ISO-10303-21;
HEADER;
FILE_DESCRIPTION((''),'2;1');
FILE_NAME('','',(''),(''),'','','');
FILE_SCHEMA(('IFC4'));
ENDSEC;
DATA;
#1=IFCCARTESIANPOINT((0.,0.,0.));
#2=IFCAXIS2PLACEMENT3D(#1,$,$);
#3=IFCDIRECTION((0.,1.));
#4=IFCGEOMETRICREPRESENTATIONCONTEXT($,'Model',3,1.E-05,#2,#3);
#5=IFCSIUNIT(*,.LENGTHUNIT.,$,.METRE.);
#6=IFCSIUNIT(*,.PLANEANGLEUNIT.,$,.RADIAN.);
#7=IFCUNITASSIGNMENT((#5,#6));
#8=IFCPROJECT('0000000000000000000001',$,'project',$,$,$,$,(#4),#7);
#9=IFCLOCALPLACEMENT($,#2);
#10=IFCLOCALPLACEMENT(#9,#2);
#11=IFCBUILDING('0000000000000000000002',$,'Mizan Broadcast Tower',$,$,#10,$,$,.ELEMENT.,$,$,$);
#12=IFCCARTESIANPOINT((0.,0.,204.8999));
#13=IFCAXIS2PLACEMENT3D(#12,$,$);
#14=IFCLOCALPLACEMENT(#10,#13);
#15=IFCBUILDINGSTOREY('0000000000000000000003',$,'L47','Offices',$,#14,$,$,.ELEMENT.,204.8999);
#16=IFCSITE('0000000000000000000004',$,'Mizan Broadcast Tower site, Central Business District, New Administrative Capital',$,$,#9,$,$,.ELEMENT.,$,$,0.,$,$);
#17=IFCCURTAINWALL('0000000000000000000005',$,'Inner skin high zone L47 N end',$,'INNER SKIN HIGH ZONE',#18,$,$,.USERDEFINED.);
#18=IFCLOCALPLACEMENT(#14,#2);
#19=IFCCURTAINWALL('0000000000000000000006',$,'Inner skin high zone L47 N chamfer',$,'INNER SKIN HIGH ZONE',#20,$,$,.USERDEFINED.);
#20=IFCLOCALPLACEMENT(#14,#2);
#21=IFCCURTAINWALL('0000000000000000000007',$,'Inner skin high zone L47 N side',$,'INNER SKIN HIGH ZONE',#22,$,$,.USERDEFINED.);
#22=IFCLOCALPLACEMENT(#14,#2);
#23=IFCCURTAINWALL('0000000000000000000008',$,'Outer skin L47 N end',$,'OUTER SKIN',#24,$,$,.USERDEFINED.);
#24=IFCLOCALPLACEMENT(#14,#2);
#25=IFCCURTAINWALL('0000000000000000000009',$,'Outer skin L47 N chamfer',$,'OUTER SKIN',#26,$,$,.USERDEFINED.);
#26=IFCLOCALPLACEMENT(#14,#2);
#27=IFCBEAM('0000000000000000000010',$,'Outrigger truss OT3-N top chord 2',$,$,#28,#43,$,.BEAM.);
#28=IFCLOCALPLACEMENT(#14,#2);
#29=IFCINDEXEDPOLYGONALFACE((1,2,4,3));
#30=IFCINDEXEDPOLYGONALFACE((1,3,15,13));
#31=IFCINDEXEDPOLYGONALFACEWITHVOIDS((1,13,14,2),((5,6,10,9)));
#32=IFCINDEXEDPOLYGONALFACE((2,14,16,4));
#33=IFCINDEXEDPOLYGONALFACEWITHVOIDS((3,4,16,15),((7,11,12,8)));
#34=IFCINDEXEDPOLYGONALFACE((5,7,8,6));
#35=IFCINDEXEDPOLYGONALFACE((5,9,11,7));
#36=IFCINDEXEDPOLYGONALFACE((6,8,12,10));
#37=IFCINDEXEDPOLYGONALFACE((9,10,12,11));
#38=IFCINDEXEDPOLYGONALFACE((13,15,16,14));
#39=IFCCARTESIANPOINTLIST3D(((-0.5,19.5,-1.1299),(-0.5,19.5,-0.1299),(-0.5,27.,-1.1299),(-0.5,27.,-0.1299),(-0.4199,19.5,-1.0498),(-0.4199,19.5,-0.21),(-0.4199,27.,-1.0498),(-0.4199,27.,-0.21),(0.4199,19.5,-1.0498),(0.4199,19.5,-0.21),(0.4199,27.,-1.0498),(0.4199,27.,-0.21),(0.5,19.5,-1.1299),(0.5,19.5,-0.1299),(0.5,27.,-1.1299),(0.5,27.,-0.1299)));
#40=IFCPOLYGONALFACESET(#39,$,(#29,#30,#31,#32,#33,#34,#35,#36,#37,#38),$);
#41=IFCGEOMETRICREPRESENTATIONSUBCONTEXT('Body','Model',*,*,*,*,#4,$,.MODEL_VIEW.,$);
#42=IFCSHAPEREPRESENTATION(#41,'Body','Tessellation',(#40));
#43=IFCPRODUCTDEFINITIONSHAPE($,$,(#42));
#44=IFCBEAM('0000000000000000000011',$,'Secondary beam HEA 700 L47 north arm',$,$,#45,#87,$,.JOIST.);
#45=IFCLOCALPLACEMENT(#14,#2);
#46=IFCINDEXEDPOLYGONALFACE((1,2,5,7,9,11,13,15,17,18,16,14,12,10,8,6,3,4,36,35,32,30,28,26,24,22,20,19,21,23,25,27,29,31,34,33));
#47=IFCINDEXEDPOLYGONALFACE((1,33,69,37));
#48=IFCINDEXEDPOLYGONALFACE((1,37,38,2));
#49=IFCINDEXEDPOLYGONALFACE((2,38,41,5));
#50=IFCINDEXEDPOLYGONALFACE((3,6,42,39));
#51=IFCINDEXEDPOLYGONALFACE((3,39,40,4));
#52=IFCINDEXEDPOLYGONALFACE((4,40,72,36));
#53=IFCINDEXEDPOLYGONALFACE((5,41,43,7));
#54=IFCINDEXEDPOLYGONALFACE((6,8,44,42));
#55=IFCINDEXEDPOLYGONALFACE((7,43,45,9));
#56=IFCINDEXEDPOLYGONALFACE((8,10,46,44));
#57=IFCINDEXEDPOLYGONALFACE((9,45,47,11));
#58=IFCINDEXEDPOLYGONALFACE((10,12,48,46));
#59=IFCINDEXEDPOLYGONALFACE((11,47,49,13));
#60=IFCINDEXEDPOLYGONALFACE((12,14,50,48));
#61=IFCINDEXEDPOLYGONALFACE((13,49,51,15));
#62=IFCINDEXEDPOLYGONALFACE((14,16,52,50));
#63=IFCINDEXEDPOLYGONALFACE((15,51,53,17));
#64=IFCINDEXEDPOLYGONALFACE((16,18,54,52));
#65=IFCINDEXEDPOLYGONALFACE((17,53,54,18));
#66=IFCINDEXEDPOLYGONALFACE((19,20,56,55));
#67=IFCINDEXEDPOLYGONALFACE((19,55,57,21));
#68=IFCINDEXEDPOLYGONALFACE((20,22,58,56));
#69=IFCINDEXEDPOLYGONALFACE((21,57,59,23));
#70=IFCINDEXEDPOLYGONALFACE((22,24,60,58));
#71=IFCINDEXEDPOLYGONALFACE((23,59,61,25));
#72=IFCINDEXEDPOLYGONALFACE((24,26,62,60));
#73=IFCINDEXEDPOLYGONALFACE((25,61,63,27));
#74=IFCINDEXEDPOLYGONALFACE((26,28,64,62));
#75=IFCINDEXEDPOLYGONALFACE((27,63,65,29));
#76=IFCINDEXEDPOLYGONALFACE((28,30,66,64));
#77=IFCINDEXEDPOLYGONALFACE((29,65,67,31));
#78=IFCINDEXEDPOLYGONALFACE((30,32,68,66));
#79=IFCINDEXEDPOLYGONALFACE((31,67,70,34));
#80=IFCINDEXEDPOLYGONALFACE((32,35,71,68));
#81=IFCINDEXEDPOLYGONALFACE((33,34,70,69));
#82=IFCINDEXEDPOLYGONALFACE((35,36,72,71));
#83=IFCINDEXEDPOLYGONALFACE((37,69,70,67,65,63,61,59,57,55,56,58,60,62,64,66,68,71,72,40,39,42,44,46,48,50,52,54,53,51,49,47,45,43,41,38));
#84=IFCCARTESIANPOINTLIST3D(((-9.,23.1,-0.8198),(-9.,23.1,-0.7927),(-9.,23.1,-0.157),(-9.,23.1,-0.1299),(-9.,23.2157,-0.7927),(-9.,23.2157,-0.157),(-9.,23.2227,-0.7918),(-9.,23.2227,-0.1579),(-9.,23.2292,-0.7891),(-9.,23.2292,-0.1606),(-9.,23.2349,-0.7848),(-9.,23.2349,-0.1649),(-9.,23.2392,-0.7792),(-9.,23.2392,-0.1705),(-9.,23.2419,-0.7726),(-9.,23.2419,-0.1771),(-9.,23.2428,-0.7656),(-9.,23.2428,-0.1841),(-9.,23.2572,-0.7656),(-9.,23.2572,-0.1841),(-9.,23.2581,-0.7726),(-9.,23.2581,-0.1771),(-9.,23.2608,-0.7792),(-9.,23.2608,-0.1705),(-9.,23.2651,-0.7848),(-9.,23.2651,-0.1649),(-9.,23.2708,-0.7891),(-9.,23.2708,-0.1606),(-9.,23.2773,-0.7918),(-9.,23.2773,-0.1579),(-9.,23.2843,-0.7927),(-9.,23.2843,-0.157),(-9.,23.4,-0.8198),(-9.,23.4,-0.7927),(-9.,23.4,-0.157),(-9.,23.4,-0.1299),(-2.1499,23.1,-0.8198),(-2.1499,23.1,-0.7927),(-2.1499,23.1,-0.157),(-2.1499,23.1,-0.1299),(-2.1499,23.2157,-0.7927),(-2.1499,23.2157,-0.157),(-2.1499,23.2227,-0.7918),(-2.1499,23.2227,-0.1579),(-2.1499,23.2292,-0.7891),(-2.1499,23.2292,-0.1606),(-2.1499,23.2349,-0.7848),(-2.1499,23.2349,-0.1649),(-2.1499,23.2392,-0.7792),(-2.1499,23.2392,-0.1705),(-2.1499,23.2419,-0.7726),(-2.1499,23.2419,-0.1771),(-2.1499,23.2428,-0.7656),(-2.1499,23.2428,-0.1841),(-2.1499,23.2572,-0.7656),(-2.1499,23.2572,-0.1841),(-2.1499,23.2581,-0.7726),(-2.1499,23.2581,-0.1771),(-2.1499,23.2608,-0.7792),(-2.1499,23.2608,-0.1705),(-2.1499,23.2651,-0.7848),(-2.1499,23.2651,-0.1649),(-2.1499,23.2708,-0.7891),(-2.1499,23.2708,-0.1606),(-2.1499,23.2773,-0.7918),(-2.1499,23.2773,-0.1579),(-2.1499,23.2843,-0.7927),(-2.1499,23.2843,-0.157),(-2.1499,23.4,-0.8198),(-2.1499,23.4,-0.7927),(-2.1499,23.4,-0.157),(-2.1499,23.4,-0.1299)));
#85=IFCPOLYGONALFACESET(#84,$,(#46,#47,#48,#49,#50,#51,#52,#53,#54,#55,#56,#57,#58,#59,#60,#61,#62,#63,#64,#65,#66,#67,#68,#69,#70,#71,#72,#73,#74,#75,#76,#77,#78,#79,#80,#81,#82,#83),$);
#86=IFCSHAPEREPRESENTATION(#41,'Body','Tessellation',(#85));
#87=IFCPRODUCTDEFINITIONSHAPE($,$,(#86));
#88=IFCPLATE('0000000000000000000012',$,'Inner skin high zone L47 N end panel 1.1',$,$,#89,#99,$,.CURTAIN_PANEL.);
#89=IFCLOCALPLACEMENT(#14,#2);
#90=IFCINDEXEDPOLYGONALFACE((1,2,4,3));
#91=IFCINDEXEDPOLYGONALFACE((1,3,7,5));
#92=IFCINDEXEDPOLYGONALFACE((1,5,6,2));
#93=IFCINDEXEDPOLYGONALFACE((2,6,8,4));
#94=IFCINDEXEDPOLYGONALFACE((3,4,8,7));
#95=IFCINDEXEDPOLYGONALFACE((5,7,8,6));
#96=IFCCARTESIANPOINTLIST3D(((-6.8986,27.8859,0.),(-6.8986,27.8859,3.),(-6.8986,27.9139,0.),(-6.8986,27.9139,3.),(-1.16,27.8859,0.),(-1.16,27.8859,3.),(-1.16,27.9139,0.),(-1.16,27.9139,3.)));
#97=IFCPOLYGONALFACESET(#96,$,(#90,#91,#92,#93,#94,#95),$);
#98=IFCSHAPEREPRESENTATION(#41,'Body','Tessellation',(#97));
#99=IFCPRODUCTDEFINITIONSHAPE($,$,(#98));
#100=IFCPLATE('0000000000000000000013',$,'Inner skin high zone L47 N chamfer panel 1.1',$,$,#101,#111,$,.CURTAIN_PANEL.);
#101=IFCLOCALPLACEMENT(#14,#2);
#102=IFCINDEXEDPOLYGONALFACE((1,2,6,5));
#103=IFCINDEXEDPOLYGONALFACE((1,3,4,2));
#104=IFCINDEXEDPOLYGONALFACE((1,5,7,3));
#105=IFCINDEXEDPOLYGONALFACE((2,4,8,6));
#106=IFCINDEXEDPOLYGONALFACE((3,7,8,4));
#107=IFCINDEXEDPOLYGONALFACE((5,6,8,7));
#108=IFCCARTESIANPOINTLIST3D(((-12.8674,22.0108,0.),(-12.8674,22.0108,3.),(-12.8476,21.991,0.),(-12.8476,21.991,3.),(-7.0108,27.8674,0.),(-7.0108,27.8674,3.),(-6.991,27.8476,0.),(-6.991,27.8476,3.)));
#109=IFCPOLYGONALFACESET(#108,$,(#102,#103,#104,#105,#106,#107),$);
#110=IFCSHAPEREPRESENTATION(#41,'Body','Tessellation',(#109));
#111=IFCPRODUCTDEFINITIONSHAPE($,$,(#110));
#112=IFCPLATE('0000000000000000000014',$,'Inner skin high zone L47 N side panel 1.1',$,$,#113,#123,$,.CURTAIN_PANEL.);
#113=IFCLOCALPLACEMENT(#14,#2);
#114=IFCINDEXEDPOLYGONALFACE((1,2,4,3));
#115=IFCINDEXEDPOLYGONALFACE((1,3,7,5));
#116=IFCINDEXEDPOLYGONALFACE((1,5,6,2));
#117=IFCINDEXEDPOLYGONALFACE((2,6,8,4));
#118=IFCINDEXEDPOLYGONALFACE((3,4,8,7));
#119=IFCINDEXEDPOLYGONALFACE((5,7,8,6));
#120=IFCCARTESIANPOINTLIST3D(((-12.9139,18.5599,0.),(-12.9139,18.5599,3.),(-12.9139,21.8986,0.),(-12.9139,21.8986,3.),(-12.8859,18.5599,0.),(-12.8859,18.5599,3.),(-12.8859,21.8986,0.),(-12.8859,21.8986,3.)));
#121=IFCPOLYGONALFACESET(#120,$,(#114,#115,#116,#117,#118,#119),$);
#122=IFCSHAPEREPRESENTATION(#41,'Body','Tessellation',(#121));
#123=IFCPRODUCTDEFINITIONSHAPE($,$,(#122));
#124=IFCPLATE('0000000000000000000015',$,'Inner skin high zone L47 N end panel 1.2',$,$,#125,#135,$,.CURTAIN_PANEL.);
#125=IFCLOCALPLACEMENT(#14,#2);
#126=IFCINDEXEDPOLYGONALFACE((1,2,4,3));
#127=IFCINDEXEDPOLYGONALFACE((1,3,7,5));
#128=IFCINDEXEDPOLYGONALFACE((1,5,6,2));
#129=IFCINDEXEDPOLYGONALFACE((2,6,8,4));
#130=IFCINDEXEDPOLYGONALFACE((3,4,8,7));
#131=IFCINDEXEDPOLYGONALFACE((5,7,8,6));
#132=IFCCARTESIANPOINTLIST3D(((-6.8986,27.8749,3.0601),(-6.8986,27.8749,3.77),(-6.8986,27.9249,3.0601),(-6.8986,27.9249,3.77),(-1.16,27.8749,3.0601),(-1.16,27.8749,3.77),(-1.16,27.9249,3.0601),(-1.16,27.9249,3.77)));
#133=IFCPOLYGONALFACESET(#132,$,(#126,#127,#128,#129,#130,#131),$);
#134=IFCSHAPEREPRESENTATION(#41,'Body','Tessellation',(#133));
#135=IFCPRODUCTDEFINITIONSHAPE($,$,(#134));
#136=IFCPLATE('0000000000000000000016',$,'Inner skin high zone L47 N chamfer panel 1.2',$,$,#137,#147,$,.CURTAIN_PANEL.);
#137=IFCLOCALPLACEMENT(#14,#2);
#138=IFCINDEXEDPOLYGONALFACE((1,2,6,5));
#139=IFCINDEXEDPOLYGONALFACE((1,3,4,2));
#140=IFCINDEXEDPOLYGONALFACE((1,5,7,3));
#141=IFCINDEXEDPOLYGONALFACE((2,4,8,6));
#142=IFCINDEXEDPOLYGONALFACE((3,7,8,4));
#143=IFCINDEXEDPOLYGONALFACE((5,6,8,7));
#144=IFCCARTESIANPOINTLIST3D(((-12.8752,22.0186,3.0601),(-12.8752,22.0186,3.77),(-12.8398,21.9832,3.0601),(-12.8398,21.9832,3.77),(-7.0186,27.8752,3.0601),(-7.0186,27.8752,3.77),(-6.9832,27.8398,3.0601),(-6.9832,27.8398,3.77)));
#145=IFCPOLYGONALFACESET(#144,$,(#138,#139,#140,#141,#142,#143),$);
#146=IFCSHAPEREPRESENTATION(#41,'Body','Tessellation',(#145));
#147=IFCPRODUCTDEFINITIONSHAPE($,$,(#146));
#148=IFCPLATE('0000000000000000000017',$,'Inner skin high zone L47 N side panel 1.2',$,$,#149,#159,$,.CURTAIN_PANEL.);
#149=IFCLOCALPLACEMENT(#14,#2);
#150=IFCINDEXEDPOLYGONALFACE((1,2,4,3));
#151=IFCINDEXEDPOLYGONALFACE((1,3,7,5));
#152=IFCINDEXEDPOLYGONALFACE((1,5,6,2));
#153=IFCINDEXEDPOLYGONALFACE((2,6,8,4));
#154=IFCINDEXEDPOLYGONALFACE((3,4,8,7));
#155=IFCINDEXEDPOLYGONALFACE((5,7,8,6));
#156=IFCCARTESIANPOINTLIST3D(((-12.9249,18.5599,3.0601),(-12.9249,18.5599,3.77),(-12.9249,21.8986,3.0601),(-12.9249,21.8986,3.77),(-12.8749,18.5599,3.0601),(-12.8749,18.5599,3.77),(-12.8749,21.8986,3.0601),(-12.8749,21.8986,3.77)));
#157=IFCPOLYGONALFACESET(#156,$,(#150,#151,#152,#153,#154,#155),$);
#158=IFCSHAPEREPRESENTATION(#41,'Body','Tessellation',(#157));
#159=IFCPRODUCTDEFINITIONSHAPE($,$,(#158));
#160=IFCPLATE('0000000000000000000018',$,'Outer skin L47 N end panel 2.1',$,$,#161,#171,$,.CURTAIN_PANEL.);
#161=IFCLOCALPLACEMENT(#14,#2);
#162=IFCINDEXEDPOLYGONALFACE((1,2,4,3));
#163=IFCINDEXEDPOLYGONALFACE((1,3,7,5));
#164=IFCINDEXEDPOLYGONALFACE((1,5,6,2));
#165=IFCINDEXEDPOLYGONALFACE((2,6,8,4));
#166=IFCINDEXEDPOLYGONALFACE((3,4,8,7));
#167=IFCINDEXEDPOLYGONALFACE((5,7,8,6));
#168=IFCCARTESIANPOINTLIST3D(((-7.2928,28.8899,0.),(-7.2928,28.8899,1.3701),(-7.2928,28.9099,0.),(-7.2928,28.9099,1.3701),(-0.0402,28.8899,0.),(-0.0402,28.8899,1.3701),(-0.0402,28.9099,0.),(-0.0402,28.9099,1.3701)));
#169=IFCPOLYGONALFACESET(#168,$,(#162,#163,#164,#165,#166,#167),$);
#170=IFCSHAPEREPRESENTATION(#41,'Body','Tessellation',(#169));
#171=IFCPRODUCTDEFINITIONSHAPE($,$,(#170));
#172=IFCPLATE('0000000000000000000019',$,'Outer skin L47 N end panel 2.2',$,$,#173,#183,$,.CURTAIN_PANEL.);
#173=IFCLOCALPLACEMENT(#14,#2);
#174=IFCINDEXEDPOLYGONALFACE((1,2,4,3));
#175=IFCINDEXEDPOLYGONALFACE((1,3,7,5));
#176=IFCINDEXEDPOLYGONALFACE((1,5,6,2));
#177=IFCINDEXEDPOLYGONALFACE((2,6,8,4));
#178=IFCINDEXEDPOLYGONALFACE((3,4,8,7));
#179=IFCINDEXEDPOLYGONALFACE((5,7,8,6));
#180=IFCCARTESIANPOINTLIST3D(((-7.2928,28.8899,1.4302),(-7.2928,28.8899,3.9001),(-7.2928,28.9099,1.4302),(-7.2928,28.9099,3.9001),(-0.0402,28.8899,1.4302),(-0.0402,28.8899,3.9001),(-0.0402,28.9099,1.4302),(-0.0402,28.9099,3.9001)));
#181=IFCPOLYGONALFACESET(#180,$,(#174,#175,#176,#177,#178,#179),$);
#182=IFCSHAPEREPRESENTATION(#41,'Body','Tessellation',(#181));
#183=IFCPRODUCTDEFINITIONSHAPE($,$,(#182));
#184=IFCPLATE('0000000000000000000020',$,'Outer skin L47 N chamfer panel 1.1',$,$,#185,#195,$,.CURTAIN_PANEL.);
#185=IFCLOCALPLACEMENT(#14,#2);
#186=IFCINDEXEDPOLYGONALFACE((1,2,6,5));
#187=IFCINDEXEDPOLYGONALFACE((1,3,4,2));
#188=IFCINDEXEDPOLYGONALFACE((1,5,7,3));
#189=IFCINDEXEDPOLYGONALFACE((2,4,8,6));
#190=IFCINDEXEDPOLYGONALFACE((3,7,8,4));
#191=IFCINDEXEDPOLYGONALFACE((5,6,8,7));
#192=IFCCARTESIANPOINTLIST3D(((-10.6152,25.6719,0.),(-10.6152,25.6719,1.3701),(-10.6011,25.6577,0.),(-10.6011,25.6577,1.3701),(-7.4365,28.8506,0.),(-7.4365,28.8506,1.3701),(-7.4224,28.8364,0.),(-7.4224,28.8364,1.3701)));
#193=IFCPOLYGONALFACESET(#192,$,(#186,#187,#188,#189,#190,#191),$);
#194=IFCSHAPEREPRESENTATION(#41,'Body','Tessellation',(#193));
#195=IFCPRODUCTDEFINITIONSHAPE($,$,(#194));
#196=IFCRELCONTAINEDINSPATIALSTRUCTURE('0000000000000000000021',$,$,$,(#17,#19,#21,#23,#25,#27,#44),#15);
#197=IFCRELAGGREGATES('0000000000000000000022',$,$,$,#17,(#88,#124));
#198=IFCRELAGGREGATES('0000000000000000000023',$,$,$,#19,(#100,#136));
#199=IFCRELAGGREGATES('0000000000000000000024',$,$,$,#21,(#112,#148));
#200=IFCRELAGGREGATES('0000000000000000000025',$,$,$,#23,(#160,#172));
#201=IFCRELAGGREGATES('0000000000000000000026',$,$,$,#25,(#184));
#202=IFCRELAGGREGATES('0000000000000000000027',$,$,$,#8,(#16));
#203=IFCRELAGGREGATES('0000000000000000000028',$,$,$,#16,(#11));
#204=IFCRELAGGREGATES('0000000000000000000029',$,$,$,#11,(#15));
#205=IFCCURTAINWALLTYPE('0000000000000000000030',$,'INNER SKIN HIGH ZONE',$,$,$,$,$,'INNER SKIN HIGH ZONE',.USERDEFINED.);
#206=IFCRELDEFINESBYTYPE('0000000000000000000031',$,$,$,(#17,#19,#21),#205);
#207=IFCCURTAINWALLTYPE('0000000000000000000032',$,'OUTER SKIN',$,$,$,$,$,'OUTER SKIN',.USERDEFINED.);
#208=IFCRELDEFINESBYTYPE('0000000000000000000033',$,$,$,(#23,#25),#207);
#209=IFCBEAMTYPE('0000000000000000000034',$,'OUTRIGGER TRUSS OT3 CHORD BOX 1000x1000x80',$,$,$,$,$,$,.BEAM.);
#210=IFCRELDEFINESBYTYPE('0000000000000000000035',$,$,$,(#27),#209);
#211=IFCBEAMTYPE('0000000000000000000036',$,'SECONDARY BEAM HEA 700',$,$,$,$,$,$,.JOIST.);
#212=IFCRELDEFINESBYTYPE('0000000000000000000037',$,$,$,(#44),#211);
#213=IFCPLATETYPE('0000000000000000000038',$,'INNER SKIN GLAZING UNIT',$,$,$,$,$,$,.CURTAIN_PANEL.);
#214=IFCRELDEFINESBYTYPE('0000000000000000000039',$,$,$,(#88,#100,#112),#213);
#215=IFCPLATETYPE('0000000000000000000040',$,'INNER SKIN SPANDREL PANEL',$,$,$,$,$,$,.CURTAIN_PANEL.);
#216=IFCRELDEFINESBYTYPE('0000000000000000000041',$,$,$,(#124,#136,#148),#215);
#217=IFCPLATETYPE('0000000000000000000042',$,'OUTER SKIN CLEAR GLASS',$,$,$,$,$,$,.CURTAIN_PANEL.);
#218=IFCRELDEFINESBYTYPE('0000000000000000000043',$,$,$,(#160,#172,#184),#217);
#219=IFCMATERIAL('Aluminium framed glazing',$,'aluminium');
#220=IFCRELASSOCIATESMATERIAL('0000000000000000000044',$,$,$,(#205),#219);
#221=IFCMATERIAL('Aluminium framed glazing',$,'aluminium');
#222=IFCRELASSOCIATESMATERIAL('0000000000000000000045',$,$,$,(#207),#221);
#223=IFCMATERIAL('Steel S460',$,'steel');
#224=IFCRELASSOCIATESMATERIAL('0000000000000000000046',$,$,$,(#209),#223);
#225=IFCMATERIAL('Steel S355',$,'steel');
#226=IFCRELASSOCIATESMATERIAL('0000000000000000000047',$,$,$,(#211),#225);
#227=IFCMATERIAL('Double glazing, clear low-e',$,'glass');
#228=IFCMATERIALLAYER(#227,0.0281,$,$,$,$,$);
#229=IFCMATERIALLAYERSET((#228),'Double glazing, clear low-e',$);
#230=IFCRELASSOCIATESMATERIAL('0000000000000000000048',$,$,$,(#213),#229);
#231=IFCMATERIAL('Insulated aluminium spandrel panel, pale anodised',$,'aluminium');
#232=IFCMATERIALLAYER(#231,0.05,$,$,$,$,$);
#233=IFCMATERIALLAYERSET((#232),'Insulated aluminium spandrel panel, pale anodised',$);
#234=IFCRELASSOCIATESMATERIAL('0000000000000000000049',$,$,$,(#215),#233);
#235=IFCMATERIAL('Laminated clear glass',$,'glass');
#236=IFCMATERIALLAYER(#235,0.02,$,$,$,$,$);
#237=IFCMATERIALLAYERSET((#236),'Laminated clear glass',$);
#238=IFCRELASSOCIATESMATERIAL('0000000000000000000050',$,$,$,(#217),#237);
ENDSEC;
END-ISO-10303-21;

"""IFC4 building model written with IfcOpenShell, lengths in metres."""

from ifc_helpers import new_model, si_unit, direction, frame, origin, origin_2d, place, context, subcontext, project, spatial, rectangle, hollow_rectangle, i_section, extrude, material, layer, layer_set, material_profile, profile_set, type_object, element, aggregate, save


model = new_model("IFC4")

# Units and contexts
model_context = context("Model", 3, precision=1e-05, world=origin(), true_north=direction((0.0, 1.0)))
body_context = subcontext(model_context, "Body", "Model", "MODEL_VIEW")
ifc_project = project(units=[si_unit("LENGTHUNIT", "METRE"), si_unit("PLANEANGLEUNIT", "RADIAN")], contexts=[model_context])

# Site, building, storey
site_placement = place(None, origin())
site = spatial("IfcSite", under=ifc_project, at=site_placement, Name="Mizan Broadcast Tower site, Central Business District, New Administrative Capital", CompositionType="ELEMENT", RefElevation=0.0)
building_placement = place(site_placement, origin())
building = spatial("IfcBuilding", under=site, at=building_placement, Name="Mizan Broadcast Tower", CompositionType="ELEMENT")
storey_placement = place(building_placement, frame((0.0, 0.0, 204.8999)))
storey = spatial("IfcBuildingStorey", under=building, at=storey_placement, Name="L47", Description="Offices", CompositionType="ELEMENT", Elevation=204.8999)

# Curtain wall
ifc_material_1 = material(Name="Aluminium framed glazing", Category="aluminium")
curtain_wall_type_1 = type_object("IfcCurtainWallType", Name="INNER SKIN HIGH ZONE", ElementType="INNER SKIN HIGH ZONE", PredefinedType="USERDEFINED", material=ifc_material_1)
curtain_wall_1_placement = place(storey_placement, origin())
curtain_wall_1 = element("IfcCurtainWall", 1, at=curtain_wall_1_placement, inside=storey, type_object=curtain_wall_type_1, Name="Inner skin high zone L47 N end", ObjectType="INNER SKIN HIGH ZONE", PredefinedType="USERDEFINED")

# Curtain wall
curtain_wall_2_placement = place(storey_placement, origin())
curtain_wall_2 = element("IfcCurtainWall", 2, at=curtain_wall_2_placement, inside=storey, type_object=curtain_wall_type_1, Name="Inner skin high zone L47 N chamfer", ObjectType="INNER SKIN HIGH ZONE", PredefinedType="USERDEFINED")

# Curtain walls
curtain_wall_3_placement = place(storey_placement, origin())
curtain_wall_3 = element("IfcCurtainWall", 3, at=curtain_wall_3_placement, inside=storey, type_object=curtain_wall_type_1, Name="Inner skin high zone L47 N side", ObjectType="INNER SKIN HIGH ZONE", PredefinedType="USERDEFINED")
ifc_material_2 = material(Name="Aluminium framed glazing", Category="aluminium")
curtain_wall_type_2 = type_object("IfcCurtainWallType", Name="OUTER SKIN", ElementType="OUTER SKIN", PredefinedType="USERDEFINED", material=ifc_material_2)
curtain_wall_4_placement = place(storey_placement, origin())
curtain_wall_4 = element("IfcCurtainWall", 4, at=curtain_wall_4_placement, inside=storey, type_object=curtain_wall_type_2, Name="Outer skin L47 N end", ObjectType="OUTER SKIN", PredefinedType="USERDEFINED")
curtain_wall_5_placement = place(storey_placement, origin())
curtain_wall_5 = element("IfcCurtainWall", 5, at=curtain_wall_5_placement, inside=storey, type_object=curtain_wall_type_2, Name="Outer skin L47 N chamfer", ObjectType="OUTER SKIN", PredefinedType="USERDEFINED")

# Beams
ifc_material_3 = material(Name="Steel S460", Category="steel")
ifc_material_profile_1 = material_profile(ifc_material_3, hollow_rectangle(XDim=1.0, YDim=1.0, WallThickness=0.0801, at=origin_2d()), Name="BOX 1000x1000x80")
ifc_profile_set_1 = profile_set([ifc_material_profile_1], Name="Steel S460")
beam_type_1 = type_object("IfcBeamType", Name="OUTRIGGER TRUSS OT3 CHORD BOX 1000x1000x80", PredefinedType="BEAM", material=ifc_profile_set_1)
beam_1_placement = place(storey_placement, frame((0.0, 19.5, -0.6299), z_axis=(0.0, 1.0, 0.0), x_axis=(-1.0, 0.0, 0.0)))
element("IfcBeam", 6, at=beam_1_placement, inside=storey, type_object=beam_type_1, Name="Outrigger truss OT3-N top chord 2", PredefinedType="BEAM", context=body_context, shape_type="SweptSolid", body=[
    extrude(hollow_rectangle(XDim=1.0, YDim=1.0, WallThickness=0.0801, at=origin_2d()), origin(), (0.0, 0.0, 1.0), 7.5),
])
ifc_material_4 = material(Name="Steel S355", Category="steel")
ifc_material_profile_2 = material_profile(ifc_material_4, i_section(OverallWidth=0.3, OverallDepth=0.6899, WebThickness=0.0144, FlangeThickness=0.0271, FilletRadius=0.0271, at=origin_2d()), Name="HEA 700")
ifc_profile_set_2 = profile_set([ifc_material_profile_2], Name="Steel S355")
beam_type_2 = type_object("IfcBeamType", Name="SECONDARY BEAM HEA 700", PredefinedType="JOIST", material=ifc_profile_set_2)
beam_2_placement = place(storey_placement, frame((-9.0, 23.25, -0.4749), z_axis=(1.0, 0.0, 0.0), x_axis=(0.0, 1.0, 0.0)))
element("IfcBeam", 7, at=beam_2_placement, inside=storey, type_object=beam_type_2, Name="Secondary beam HEA 700 L47 north arm", PredefinedType="JOIST", context=body_context, shape_type="SweptSolid", body=[
    extrude(i_section(OverallWidth=0.3, OverallDepth=0.6899, WebThickness=0.0144, FlangeThickness=0.0271, FilletRadius=0.0271, at=origin_2d()), origin(), (0.0, 0.0, 1.0), 6.8501),
])

# Plates
ifc_material_5 = material(Name="Double glazing, clear low-e", Category="glass")
ifc_layer_1 = layer(ifc_material_5, 0.0281)
ifc_layer_set_1 = layer_set([ifc_layer_1], Name="Double glazing, clear low-e")
plate_type_1 = type_object("IfcPlateType", Name="INNER SKIN GLAZING UNIT", PredefinedType="CURTAIN_PANEL", material=ifc_layer_set_1)
plate_1_placement = place(storey_placement, frame((-4.0293, 27.8999, 0.0), z_axis=(0.0, 0.0, 1.0), x_axis=(-1.0, 0.0, 0.0)))
plate_1 = element("IfcPlate", 8, at=plate_1_placement, type_object=plate_type_1, Name="Inner skin high zone L47 N end panel 1.1", PredefinedType="CURTAIN_PANEL", context=body_context, shape_type="SweptSolid", body=[
    extrude(rectangle(XDim=5.7385, YDim=0.0281, at=origin_2d()), origin(), (0.0, 0.0, 1.0), 3.0),
])
plate_2_placement = place(storey_placement, frame((-9.9292, 24.9292, 0.0), z_axis=(0.0, 0.0, 1.0), x_axis=(-0.707107, -0.707107, 0.0)))
plate_2 = element("IfcPlate", 9, at=plate_2_placement, type_object=plate_type_1, Name="Inner skin high zone L47 N chamfer panel 1.1", PredefinedType="CURTAIN_PANEL", context=body_context, shape_type="SweptSolid", body=[
    extrude(rectangle(XDim=8.2825, YDim=0.0281, at=origin_2d()), origin(), (0.0, 0.0, 1.0), 3.0),
])
plate_3_placement = place(storey_placement, frame((-12.8999, 20.2292, 0.0), z_axis=(0.0, 0.0, 1.0), x_axis=(0.0, -1.0, 0.0)))
plate_3 = element("IfcPlate", 10, at=plate_3_placement, type_object=plate_type_1, Name="Inner skin high zone L47 N side panel 1.1", PredefinedType="CURTAIN_PANEL", context=body_context, shape_type="SweptSolid", body=[
    extrude(rectangle(XDim=3.3386, YDim=0.0281, at=origin_2d()), origin(), (0.0, 0.0, 1.0), 3.0),
])
ifc_material_6 = material(Name="Insulated aluminium spandrel panel, pale anodised", Category="aluminium")
ifc_layer_2 = layer(ifc_material_6, 0.05)
ifc_layer_set_2 = layer_set([ifc_layer_2], Name="Insulated aluminium spandrel panel, pale anodised")
plate_type_2 = type_object("IfcPlateType", Name="INNER SKIN SPANDREL PANEL", PredefinedType="CURTAIN_PANEL", material=ifc_layer_set_2)
plate_4_placement = place(storey_placement, frame((-4.0293, 27.8999, 3.0601), z_axis=(0.0, 0.0, 1.0), x_axis=(-1.0, 0.0, 0.0)))
plate_4 = element("IfcPlate", 11, at=plate_4_placement, type_object=plate_type_2, Name="Inner skin high zone L47 N end panel 1.2", PredefinedType="CURTAIN_PANEL", context=body_context, shape_type="SweptSolid", body=[
    extrude(rectangle(XDim=5.7385, YDim=0.05, at=origin_2d()), origin(), (0.0, 0.0, 1.0), 0.71),
])
aggregate(curtain_wall_1, [plate_1, plate_4])
plate_5_placement = place(storey_placement, frame((-9.9292, 24.9292, 3.0601), z_axis=(0.0, 0.0, 1.0), x_axis=(-0.707107, -0.707107, 0.0)))
plate_5 = element("IfcPlate", 12, at=plate_5_placement, type_object=plate_type_2, Name="Inner skin high zone L47 N chamfer panel 1.2", PredefinedType="CURTAIN_PANEL", context=body_context, shape_type="SweptSolid", body=[
    extrude(rectangle(XDim=8.2825, YDim=0.05, at=origin_2d()), origin(), (0.0, 0.0, 1.0), 0.71),
])
aggregate(curtain_wall_2, [plate_2, plate_5])
plate_6_placement = place(storey_placement, frame((-12.8999, 20.2292, 3.0601), z_axis=(0.0, 0.0, 1.0), x_axis=(0.0, -1.0, 0.0)))
plate_6 = element("IfcPlate", 13, at=plate_6_placement, type_object=plate_type_2, Name="Inner skin high zone L47 N side panel 1.2", PredefinedType="CURTAIN_PANEL", context=body_context, shape_type="SweptSolid", body=[
    extrude(rectangle(XDim=3.3386, YDim=0.05, at=origin_2d()), origin(), (0.0, 0.0, 1.0), 0.71),
])
aggregate(curtain_wall_3, [plate_3, plate_6])
ifc_material_7 = material(Name="Laminated clear glass", Category="glass")
ifc_layer_3 = layer(ifc_material_7, 0.02)
ifc_layer_set_3 = layer_set([ifc_layer_3], Name="Laminated clear glass")
plate_type_3 = type_object("IfcPlateType", Name="OUTER SKIN CLEAR GLASS", PredefinedType="CURTAIN_PANEL", material=ifc_layer_set_3)
plate_7_placement = place(storey_placement, frame((-3.6665, 28.8999, 0.0), z_axis=(0.0, 0.0, 1.0), x_axis=(-1.0, 0.0, 0.0)))
plate_7 = element("IfcPlate", 14, at=plate_7_placement, type_object=plate_type_3, Name="Outer skin L47 N end panel 2.1", PredefinedType="CURTAIN_PANEL", context=body_context, shape_type="SweptSolid", body=[
    extrude(rectangle(XDim=7.2527, YDim=0.02, at=origin_2d()), origin(), (0.0, 0.0, 1.0), 1.3701),
])
plate_8_placement = place(storey_placement, frame((-3.6665, 28.8999, 1.4302), z_axis=(0.0, 0.0, 1.0), x_axis=(-1.0, 0.0, 0.0)))
plate_8 = element("IfcPlate", 15, at=plate_8_placement, type_object=plate_type_3, Name="Outer skin L47 N end panel 2.2", PredefinedType="CURTAIN_PANEL", context=body_context, shape_type="SweptSolid", body=[
    extrude(rectangle(XDim=7.2527, YDim=0.02, at=origin_2d()), origin(), (0.0, 0.0, 1.0), 2.47),
])
aggregate(curtain_wall_4, [plate_7, plate_8])
plate_9_placement = place(storey_placement, frame((-9.0188, 27.2542, 0.0), z_axis=(0.0, 0.0, 1.0), x_axis=(-0.707107, -0.707107, 0.0)))
plate_9 = element("IfcPlate", 16, at=plate_9_placement, type_object=plate_type_3, Name="Outer skin L47 N chamfer panel 1.1", PredefinedType="CURTAIN_PANEL", context=body_context, shape_type="SweptSolid", body=[
    extrude(rectangle(XDim=4.4954, YDim=0.02, at=origin_2d()), origin(), (0.0, 0.0, 1.0), 1.3701),
])
aggregate(curtain_wall_5, [plate_9])

save(model, "model.ifc")
